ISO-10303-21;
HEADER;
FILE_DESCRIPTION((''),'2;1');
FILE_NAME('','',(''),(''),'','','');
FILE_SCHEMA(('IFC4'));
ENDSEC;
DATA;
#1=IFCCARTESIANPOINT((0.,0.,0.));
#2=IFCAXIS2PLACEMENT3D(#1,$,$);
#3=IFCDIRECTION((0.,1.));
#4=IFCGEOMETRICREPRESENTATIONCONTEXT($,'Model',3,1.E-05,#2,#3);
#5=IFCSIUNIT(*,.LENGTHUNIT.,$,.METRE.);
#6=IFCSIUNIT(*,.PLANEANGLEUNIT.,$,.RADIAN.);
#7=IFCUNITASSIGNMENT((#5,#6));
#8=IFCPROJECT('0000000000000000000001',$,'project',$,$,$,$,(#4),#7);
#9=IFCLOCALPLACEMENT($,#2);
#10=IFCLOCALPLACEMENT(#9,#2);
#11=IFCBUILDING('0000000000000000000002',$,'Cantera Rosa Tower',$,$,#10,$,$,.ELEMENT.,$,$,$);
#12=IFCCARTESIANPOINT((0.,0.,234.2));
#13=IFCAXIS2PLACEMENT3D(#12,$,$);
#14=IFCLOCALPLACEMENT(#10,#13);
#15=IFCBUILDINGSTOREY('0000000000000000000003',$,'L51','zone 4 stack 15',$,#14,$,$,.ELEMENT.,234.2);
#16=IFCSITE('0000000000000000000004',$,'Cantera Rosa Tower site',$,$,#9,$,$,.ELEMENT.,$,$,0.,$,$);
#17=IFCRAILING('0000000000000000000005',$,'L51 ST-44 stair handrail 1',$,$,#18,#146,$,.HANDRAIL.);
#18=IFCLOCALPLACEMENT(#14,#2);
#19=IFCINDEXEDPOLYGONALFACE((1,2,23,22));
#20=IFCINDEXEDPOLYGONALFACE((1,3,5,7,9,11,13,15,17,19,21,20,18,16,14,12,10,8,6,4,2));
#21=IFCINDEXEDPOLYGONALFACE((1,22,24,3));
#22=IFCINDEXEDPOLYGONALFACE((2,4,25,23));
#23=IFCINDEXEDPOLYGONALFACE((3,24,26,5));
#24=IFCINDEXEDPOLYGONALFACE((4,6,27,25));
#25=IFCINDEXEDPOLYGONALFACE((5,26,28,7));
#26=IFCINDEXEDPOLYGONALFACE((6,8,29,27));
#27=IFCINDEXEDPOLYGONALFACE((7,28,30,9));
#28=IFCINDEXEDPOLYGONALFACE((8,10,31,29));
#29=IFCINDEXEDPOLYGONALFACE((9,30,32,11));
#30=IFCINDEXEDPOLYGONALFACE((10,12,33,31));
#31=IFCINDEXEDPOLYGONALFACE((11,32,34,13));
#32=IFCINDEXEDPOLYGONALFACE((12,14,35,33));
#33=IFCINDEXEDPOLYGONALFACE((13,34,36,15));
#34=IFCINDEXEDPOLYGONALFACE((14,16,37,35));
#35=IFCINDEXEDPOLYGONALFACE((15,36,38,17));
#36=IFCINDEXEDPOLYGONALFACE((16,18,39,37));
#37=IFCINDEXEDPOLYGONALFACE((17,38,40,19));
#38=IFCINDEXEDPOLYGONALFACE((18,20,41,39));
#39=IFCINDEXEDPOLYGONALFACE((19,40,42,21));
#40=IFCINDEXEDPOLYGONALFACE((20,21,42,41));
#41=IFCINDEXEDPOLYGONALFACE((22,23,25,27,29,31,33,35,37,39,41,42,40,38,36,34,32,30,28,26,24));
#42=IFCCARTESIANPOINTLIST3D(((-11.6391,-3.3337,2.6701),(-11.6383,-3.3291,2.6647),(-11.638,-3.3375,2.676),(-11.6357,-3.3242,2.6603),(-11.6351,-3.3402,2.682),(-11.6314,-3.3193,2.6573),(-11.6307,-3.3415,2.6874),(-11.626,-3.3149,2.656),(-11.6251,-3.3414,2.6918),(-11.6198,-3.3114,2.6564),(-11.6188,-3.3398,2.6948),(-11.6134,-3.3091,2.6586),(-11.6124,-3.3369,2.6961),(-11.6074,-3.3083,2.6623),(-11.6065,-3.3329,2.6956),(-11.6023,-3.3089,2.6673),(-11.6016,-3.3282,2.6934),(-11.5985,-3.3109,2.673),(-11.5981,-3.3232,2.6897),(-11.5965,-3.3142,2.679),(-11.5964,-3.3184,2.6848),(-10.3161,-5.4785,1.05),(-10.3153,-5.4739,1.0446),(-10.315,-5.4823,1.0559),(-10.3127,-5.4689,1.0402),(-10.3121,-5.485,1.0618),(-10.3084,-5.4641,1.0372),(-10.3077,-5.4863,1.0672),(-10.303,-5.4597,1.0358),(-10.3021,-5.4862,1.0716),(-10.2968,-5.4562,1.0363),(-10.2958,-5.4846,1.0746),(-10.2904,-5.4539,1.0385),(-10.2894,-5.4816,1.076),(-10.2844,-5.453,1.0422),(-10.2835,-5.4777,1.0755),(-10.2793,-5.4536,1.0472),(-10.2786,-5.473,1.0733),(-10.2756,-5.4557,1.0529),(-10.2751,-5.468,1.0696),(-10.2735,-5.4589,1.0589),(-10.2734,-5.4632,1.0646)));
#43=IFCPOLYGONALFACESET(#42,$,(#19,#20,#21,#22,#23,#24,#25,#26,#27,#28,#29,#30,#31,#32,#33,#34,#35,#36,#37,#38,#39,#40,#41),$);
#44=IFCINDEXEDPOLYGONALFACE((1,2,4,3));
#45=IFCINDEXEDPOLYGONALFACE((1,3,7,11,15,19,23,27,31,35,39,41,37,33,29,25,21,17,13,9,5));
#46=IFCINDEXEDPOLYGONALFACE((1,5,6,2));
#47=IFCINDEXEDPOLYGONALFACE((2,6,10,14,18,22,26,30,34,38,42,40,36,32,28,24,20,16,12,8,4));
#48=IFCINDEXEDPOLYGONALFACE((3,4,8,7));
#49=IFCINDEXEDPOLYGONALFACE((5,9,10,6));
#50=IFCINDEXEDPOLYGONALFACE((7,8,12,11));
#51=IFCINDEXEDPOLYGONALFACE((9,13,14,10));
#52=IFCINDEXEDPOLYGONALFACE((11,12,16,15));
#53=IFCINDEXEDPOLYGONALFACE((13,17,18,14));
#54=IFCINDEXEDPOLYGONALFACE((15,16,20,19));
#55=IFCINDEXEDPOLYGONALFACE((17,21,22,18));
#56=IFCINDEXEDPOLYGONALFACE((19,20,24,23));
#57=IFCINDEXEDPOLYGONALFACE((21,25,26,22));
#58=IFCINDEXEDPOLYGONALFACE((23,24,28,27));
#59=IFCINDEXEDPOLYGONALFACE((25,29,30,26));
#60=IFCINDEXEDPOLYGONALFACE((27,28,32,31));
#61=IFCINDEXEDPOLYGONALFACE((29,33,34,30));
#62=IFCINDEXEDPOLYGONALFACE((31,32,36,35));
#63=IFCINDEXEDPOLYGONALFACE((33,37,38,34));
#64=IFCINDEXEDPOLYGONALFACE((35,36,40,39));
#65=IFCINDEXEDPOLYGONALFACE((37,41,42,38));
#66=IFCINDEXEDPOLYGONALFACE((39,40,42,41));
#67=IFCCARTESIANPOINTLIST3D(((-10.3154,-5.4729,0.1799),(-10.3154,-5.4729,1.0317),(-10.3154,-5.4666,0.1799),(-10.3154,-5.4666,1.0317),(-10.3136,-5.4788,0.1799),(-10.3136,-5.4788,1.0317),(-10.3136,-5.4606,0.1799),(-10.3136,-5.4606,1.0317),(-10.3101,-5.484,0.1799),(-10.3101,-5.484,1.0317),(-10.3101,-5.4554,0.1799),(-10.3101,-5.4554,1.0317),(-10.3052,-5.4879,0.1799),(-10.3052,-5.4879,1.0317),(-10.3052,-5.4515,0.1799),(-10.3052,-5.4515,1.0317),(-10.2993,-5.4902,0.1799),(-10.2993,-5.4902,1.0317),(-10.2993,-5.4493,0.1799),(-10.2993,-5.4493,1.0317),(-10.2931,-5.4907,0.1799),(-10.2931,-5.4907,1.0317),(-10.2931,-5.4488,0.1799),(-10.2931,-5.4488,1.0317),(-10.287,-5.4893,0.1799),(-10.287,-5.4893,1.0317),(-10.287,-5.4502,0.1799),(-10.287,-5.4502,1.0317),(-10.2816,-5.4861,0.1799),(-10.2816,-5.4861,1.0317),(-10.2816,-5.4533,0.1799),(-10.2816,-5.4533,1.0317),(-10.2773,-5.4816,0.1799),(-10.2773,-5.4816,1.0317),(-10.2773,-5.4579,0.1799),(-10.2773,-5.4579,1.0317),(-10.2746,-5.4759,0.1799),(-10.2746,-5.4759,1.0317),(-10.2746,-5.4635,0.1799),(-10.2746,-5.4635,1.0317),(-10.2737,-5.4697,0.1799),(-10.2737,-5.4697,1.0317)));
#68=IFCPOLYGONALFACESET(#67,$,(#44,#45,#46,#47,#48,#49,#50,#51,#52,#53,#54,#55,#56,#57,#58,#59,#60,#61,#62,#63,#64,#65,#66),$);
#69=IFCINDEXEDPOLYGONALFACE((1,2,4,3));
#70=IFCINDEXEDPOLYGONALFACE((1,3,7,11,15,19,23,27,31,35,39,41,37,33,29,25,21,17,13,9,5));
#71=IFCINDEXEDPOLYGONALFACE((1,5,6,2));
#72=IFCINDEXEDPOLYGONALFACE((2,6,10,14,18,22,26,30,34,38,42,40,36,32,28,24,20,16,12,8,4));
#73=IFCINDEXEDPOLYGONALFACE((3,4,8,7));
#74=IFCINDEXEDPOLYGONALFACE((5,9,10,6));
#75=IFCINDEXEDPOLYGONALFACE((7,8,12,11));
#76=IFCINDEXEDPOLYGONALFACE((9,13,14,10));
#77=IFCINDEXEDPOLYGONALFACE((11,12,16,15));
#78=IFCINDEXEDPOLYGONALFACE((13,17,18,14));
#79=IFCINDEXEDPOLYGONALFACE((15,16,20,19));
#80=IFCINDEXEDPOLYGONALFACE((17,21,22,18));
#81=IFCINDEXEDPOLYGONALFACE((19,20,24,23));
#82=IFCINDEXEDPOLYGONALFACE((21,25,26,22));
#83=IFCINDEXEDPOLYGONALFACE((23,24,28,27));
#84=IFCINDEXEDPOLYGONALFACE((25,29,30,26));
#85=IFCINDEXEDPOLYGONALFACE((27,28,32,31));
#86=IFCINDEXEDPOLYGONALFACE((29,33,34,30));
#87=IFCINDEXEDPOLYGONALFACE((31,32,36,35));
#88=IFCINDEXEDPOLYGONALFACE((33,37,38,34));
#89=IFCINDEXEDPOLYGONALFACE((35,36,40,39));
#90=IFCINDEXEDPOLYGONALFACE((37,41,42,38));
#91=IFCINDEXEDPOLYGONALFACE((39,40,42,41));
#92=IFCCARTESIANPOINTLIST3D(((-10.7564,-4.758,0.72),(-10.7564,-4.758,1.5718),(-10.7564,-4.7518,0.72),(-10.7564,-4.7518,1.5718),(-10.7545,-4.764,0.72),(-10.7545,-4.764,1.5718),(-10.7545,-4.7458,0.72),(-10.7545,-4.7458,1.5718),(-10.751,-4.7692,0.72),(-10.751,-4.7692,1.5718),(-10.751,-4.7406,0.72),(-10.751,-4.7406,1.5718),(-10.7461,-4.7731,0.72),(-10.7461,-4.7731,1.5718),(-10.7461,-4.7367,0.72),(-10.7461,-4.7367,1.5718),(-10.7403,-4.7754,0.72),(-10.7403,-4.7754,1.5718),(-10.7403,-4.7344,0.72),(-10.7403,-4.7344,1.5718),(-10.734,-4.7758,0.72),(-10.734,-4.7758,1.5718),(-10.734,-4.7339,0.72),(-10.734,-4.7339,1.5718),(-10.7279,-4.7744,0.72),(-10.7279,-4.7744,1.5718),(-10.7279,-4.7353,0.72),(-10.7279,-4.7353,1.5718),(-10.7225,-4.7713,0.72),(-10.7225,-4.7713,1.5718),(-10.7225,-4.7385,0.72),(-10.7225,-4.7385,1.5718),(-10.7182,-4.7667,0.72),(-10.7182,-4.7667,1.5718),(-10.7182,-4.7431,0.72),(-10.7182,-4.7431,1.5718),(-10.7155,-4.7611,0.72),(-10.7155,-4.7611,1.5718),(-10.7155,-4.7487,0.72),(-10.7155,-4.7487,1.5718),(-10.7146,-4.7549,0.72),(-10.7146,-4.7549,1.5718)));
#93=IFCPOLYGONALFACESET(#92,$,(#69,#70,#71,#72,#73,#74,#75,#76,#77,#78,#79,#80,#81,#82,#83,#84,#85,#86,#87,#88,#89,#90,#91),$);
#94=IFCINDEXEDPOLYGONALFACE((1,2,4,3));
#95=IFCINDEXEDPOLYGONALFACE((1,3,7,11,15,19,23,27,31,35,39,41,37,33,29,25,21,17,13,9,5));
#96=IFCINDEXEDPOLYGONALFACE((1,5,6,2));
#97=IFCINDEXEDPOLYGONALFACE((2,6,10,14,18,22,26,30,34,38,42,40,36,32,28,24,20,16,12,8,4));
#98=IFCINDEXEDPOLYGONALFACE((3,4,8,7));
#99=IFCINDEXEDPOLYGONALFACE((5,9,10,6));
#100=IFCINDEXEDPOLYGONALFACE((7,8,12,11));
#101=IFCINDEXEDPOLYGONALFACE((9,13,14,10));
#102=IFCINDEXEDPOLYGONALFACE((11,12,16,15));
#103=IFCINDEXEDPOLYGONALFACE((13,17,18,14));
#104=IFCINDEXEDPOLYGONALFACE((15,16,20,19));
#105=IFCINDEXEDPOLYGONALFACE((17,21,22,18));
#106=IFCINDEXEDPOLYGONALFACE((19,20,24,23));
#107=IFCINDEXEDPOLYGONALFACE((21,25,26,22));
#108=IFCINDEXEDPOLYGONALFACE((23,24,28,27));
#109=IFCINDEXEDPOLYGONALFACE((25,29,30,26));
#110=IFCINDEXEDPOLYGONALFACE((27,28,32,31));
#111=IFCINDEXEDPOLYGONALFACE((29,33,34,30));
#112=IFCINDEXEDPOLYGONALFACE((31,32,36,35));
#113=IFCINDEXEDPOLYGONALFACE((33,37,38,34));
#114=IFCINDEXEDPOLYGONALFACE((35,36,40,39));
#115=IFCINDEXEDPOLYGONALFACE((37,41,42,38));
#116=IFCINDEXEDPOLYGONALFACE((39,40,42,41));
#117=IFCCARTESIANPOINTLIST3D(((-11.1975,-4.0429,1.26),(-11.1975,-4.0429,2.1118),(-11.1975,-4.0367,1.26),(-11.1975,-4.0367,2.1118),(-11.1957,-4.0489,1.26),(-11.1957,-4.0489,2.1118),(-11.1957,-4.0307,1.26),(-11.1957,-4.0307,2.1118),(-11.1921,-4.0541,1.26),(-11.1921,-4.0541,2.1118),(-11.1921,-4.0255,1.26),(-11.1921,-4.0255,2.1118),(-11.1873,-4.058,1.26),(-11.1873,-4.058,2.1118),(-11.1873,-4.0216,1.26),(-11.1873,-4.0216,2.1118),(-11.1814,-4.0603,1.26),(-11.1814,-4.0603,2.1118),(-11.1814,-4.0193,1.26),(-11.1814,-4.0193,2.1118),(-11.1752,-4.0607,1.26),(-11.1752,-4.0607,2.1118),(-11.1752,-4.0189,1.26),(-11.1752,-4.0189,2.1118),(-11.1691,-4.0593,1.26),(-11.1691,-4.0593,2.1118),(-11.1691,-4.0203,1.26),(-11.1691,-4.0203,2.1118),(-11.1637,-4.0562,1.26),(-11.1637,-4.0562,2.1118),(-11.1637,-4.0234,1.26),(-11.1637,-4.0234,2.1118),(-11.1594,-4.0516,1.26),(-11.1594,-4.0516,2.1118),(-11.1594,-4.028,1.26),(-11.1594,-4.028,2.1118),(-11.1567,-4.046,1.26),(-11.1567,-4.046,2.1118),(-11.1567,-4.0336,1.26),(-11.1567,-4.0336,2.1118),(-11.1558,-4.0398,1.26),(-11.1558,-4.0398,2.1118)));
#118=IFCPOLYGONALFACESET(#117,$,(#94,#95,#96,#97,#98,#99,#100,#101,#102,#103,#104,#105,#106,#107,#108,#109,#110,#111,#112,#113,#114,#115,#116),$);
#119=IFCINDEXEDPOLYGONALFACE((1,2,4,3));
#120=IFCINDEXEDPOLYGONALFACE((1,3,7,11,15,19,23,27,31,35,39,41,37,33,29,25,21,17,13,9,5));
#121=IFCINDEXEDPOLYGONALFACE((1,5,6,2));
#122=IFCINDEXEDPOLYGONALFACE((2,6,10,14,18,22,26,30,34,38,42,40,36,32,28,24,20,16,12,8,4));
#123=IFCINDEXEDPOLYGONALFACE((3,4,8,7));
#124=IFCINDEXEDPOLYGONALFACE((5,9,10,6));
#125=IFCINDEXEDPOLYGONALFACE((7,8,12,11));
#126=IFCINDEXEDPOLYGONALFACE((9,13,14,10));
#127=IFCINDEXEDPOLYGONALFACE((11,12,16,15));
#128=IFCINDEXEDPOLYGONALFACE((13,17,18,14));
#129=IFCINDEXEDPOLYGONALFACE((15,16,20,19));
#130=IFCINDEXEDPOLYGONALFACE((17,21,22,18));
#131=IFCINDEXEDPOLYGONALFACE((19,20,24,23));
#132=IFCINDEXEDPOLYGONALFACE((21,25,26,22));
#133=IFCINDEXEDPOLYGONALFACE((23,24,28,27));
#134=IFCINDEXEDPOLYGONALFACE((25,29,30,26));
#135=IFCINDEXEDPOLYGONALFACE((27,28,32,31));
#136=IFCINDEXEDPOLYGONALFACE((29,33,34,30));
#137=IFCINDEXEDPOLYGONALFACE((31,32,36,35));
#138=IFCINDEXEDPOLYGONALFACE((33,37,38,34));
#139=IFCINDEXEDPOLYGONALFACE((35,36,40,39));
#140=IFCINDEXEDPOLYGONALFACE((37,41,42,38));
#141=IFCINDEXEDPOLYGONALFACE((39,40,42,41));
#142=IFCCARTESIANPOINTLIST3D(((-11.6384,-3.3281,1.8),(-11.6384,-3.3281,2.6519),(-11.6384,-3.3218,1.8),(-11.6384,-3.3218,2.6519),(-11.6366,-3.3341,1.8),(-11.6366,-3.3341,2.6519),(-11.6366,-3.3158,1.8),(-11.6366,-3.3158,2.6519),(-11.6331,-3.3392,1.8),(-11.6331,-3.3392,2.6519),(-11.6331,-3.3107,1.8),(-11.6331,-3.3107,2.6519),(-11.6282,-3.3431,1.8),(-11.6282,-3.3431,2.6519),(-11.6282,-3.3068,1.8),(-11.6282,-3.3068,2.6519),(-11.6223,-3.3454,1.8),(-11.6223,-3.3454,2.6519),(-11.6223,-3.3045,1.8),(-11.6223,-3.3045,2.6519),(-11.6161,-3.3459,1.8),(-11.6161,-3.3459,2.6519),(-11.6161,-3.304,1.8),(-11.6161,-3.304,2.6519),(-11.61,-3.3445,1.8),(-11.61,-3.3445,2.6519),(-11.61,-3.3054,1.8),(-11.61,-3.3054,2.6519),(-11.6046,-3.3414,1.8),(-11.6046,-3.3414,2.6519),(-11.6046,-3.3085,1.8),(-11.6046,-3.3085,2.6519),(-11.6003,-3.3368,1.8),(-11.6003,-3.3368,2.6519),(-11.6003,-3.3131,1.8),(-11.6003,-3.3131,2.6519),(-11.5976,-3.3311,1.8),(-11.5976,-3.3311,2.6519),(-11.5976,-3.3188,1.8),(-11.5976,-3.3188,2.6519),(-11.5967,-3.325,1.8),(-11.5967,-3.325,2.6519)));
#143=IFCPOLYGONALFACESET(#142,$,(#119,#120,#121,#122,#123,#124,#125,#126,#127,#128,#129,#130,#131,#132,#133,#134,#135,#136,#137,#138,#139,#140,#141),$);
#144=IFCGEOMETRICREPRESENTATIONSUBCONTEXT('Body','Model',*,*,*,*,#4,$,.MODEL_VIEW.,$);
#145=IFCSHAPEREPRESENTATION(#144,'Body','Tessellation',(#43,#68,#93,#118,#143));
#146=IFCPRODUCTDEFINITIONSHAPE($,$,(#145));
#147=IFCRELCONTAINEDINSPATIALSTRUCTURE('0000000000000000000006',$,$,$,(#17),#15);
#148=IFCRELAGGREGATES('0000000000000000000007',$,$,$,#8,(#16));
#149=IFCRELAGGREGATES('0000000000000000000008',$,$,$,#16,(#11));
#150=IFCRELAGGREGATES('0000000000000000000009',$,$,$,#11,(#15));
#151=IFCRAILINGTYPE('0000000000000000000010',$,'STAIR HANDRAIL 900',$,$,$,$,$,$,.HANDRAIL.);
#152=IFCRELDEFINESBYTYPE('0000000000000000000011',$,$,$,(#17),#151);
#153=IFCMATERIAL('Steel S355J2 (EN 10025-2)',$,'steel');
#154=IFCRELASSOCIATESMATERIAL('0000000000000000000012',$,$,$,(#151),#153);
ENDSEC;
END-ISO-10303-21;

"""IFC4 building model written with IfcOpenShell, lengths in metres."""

from ifc_helpers import new_model, si_unit, direction, frame, origin, origin_2d, place, context, subcontext, project, spatial, circle, extrude, material, type_object, element, save


model = new_model("IFC4")

# Units and contexts
model_context = context("Model", 3, precision=1e-05, world=origin(), true_north=direction((0.0, 1.0)))
body_context = subcontext(model_context, "Body", "Model", "MODEL_VIEW")
ifc_project = project(units=[si_unit("LENGTHUNIT", "METRE"), si_unit("PLANEANGLEUNIT", "RADIAN")], contexts=[model_context])

# Site, building, storey
site_placement = place(None, origin())
site = spatial("IfcSite", under=ifc_project, at=site_placement, Name="Cantera Rosa Tower site", CompositionType="ELEMENT", RefElevation=0.0)
building_placement = place(site_placement, origin())
building = spatial("IfcBuilding", under=site, at=building_placement, Name="Cantera Rosa Tower", CompositionType="ELEMENT")
storey_placement = place(building_placement, frame((0.0, 0.0, 234.2)))
storey = spatial("IfcBuildingStorey", under=building, at=storey_placement, Name="L51", Description="zone 4 stack 15", CompositionType="ELEMENT", Elevation=234.2)

# Railing
ifc_material_1 = material(Name="Steel S355J2 (EN 10025-2)", Category="steel")
railing_type_1 = type_object("IfcRailingType", Name="STAIR HANDRAIL 900", PredefinedType="HANDRAIL", material=ifc_material_1)
railing_1_placement = place(storey_placement, frame((-10.2947, -5.4697, 0.1799)))
element("IfcRailing", 1, at=railing_1_placement, inside=storey, type_object=railing_type_1, Name="L51 ST-44 stair handrail 1", PredefinedType="HANDRAIL", context=body_context, shape_type="SweptSolid", body=[
    extrude(circle(Radius=0.0239, at=origin_2d()), frame((0.0, 0.0, 0.876), z_axis=(-0.441609, 0.715914, 0.540786), x_axis=(-0.851102, -0.525, 0.0)), (0.0, 0.0, 1.0), 2.9958),
    extrude(circle(Radius=0.021, at=origin_2d()), origin(), (0.0, 0.0, 1.0), 0.8518),
    extrude(circle(Radius=0.021, at=origin_2d()), frame((-0.4409, 0.7148, 0.54)), (0.0, 0.0, 1.0), 0.8518),
    extrude(circle(Radius=0.021, at=origin_2d()), frame((-0.8821, 1.4299, 1.0801)), (0.0, 0.0, 1.0), 0.8518),
    extrude(circle(Radius=0.021, at=origin_2d()), frame((-1.323, 2.1448, 1.6201)), (0.0, 0.0, 1.0), 0.8518),
])

save(model, "model.ifc")
